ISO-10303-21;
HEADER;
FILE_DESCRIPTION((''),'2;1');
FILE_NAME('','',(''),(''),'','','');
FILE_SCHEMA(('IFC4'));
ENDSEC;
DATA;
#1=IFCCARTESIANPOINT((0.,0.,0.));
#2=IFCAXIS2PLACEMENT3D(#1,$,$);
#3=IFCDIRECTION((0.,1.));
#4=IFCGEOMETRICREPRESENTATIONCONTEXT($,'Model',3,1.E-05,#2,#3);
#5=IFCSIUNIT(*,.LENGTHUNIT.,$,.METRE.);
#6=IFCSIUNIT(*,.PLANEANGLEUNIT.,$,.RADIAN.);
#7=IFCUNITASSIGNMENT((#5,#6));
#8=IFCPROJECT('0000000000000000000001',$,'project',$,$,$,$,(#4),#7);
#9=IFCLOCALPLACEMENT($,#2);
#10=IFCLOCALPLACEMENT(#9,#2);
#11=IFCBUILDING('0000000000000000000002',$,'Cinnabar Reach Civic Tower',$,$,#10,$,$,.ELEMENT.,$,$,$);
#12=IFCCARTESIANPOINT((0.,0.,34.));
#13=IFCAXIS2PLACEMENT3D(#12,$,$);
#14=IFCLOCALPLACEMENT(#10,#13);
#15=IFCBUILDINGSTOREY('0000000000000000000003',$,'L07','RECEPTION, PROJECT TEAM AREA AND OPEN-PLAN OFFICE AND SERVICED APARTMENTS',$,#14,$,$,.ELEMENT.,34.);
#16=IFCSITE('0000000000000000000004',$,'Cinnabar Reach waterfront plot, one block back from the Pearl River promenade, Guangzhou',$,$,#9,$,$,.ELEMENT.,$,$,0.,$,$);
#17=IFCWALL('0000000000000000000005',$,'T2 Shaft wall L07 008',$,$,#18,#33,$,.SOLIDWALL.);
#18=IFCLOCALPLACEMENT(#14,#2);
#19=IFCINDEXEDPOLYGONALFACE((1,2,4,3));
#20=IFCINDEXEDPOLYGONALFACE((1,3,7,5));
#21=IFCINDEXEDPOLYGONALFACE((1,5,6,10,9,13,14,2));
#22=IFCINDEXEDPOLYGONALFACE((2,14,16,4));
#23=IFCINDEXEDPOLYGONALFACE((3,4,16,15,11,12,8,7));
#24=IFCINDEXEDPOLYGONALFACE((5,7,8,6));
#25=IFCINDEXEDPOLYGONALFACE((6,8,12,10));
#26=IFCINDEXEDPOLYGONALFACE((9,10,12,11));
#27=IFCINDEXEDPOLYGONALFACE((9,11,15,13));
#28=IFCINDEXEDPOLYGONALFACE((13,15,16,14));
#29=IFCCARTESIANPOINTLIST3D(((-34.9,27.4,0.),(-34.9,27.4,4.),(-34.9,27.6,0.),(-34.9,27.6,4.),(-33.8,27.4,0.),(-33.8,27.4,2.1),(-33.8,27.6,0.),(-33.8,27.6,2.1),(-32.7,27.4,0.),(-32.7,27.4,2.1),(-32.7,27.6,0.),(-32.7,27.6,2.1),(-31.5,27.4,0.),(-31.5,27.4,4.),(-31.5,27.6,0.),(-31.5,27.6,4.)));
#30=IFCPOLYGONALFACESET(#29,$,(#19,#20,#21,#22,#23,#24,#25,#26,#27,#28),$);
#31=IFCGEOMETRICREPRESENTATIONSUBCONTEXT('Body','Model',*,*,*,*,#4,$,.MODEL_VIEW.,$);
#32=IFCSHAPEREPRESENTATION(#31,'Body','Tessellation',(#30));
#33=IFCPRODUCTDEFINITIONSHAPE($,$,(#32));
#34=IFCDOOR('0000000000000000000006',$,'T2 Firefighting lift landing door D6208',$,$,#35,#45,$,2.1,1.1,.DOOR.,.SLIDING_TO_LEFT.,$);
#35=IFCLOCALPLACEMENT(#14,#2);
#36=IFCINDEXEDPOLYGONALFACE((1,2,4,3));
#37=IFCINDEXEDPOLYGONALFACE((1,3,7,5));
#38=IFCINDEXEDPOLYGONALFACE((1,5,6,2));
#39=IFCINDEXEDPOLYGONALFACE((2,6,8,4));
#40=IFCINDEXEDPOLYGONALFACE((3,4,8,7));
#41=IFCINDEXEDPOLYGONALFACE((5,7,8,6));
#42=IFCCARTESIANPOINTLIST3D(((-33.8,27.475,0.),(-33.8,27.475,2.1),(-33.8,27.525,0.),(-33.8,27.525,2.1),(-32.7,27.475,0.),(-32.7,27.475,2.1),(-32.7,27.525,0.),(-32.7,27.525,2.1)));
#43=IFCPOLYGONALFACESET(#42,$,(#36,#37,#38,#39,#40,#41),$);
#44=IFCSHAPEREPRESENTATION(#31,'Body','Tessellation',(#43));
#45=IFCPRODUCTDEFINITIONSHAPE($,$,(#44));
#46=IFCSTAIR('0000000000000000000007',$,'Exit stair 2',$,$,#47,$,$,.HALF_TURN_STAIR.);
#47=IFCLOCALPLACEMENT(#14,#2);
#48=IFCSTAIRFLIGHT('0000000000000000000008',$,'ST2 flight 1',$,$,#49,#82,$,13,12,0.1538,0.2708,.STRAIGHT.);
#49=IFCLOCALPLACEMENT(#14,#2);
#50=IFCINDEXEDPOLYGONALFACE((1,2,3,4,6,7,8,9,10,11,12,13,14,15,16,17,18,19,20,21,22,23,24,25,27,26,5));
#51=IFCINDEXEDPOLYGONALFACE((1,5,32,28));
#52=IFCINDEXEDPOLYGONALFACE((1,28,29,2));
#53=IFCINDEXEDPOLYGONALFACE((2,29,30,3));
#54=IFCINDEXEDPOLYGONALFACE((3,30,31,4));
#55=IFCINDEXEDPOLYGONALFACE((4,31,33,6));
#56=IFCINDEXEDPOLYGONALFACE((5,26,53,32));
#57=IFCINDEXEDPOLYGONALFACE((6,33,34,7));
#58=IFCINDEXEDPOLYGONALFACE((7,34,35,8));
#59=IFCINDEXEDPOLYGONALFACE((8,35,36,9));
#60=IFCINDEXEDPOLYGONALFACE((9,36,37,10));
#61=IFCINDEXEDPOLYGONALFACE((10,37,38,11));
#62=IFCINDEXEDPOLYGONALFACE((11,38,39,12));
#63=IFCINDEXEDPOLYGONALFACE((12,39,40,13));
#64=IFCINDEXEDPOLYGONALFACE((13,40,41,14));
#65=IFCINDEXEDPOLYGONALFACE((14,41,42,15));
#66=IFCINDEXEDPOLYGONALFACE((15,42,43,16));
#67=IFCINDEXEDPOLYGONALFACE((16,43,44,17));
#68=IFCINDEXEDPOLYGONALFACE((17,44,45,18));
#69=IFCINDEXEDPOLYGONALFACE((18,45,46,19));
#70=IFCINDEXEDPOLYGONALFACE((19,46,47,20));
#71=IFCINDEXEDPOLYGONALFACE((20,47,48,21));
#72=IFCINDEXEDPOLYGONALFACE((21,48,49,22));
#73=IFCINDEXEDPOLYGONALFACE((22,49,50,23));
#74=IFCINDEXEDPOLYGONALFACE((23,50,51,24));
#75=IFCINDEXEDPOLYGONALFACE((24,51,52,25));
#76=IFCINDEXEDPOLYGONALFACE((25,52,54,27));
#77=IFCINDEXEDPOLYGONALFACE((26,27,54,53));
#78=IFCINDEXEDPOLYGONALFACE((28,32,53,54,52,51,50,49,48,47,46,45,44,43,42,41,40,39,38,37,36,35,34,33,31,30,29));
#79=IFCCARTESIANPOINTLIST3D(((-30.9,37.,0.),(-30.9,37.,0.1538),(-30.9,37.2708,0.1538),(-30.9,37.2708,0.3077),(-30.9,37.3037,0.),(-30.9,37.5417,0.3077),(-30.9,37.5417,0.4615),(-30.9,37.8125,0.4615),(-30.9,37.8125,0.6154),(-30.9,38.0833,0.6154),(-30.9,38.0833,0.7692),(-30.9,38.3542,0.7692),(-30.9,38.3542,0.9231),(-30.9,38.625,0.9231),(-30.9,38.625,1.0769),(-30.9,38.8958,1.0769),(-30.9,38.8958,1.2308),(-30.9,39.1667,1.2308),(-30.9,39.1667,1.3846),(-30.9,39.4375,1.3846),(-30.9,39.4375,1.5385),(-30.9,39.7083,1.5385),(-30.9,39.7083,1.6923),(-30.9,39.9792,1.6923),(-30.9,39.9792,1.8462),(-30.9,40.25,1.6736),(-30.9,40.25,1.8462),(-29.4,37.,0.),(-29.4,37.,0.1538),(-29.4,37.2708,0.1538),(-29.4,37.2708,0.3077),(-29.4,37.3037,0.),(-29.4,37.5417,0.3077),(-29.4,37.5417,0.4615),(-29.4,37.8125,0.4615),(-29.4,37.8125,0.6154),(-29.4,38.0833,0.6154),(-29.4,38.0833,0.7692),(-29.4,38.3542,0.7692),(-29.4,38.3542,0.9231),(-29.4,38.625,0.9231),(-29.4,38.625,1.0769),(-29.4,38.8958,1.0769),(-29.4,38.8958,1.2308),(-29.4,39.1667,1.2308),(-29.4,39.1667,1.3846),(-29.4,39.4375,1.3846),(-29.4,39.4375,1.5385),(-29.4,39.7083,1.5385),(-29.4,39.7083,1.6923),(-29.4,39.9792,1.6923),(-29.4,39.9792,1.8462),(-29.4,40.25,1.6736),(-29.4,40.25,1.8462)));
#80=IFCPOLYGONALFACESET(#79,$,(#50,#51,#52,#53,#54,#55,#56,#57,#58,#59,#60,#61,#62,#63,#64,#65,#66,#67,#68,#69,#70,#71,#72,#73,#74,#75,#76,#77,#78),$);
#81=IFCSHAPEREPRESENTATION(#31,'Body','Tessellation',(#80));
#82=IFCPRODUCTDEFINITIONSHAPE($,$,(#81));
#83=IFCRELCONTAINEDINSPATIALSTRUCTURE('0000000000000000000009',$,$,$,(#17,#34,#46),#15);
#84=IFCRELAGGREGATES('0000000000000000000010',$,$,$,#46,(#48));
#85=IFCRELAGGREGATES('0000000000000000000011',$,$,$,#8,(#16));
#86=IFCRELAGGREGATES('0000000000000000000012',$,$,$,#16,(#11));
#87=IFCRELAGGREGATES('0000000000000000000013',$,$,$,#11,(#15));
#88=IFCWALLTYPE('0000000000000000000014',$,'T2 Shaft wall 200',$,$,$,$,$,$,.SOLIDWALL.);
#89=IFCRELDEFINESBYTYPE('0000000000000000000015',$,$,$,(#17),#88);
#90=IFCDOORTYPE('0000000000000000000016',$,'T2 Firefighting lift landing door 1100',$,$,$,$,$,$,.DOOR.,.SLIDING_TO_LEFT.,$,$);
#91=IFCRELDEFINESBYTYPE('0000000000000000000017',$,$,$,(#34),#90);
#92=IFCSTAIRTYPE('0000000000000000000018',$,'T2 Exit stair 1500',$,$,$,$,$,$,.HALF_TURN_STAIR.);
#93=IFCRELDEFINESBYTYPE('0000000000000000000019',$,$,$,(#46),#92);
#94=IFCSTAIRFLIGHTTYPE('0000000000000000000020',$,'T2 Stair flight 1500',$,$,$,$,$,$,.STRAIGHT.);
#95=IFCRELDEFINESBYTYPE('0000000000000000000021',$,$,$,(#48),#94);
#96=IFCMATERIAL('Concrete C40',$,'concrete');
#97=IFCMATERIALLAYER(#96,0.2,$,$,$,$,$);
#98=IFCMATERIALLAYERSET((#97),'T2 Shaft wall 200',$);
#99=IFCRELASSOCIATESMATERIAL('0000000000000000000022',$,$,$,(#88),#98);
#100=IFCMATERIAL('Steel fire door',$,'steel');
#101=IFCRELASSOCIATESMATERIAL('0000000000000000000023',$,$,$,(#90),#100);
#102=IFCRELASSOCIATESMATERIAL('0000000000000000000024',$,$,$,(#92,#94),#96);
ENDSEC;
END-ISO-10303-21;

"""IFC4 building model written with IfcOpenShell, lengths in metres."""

from ifc_helpers import new_model, si_unit, direction, frame, frame_2d, origin, place, context, subcontext, project, spatial, polyline, rectangle, outline, extrude, material, layer, layer_set, type_object, element, fill, aggregate, save


model = new_model("IFC4")

# Units and contexts
model_context = context("Model", 3, precision=1e-05, world=origin(), true_north=direction((0.0, 1.0)))
body_context = subcontext(model_context, "Body", "Model", "MODEL_VIEW")
ifc_project = project(units=[si_unit("LENGTHUNIT", "METRE"), si_unit("PLANEANGLEUNIT", "RADIAN")], contexts=[model_context])

# Site, building, storey
site_placement = place(None, origin())
site = spatial("IfcSite", under=ifc_project, at=site_placement, Name="Cinnabar Reach waterfront plot, one block back from the Pearl River promenade, Guangzhou", CompositionType="ELEMENT", RefElevation=0.0)
building_placement = place(site_placement, origin())
building = spatial("IfcBuilding", under=site, at=building_placement, Name="Cinnabar Reach Civic Tower", CompositionType="ELEMENT")
storey_placement = place(building_placement, frame((0.0, 0.0, 34.0)))
storey = spatial("IfcBuildingStorey", under=building, at=storey_placement, Name="L07", Description="RECEPTION, PROJECT TEAM AREA AND OPEN-PLAN OFFICE AND SERVICED APARTMENTS", CompositionType="ELEMENT", Elevation=34.0)

# Shared definitions
ifc_material_1 = material(Name="Steel fire door", Category="steel")

# Shared definitions
ifc_material_2 = material(Name="Concrete C40", Category="concrete")
ifc_layer_1 = layer(ifc_material_2, 0.2)
ifc_layer_set_1 = layer_set([ifc_layer_1], Name="T2 Shaft wall 200")
wall_type_1 = type_object("IfcWallType", Name="T2 Shaft wall 200", PredefinedType="SOLIDWALL", material=ifc_layer_set_1)

# Wall, opening, door
wall_1_placement = place(storey_placement, frame((-34.9, 27.5, 0.0), z_axis=(0.0, 0.0, 1.0), x_axis=(1.0, 0.0, 0.0)))
wall_1 = element("IfcWall", 1, at=wall_1_placement, inside=storey, type_object=wall_type_1, Name="T2 Shaft wall L07 008", PredefinedType="SOLIDWALL", context=body_context, shape_type="SweptSolid", body=[
    extrude(rectangle(XDim=3.4, YDim=0.2, at=frame_2d((1.7, 0.0))), origin(), (0.0, 0.0, 1.0), 4.0),
])
opening_1_placement = place(wall_1_placement, frame((1.1, 0.0, 0.0)))
opening_1 = element("IfcOpeningElement", 2, at=opening_1_placement, cuts=wall_1, PredefinedType="OPENING", context=body_context, shape_type="SweptSolid", body=[
    extrude(rectangle(XDim=1.1, YDim=2.1, at=frame_2d((0.55, 1.05))), frame((0.0, 0.11, 0.0), z_axis=(0.0, -1.0, 0.0), x_axis=(1.0, 0.0, 0.0)), (0.0, 0.0, 1.0), 0.22),
])
door_type_1 = type_object("IfcDoorType", Name="T2 Firefighting lift landing door 1100", OperationType="SLIDING_TO_LEFT", PredefinedType="DOOR", material=ifc_material_1)
door_1_placement = place(opening_1_placement, origin())
door_1 = element("IfcDoor", 3, at=door_1_placement, inside=storey, type_object=door_type_1, Name="T2 Firefighting lift landing door D6208", OperationType="SLIDING_TO_LEFT", OverallHeight=2.1, OverallWidth=1.1, PredefinedType="DOOR", context=body_context, shape_type="SweptSolid", body=[
    extrude(rectangle(XDim=1.1, YDim=2.1, at=frame_2d((0.55, 1.05))), frame((0.0, 0.025, 0.0), z_axis=(0.0, -1.0, 0.0), x_axis=(1.0, 0.0, 0.0)), (0.0, 0.0, 1.0), 0.05),
])
fill(opening_1, door_1)

# Stair, stair flight
stair_type = type_object("IfcStairType", Name="T2 Exit stair 1500", PredefinedType="HALF_TURN_STAIR", material=ifc_material_2)
stair_placement = place(storey_placement, origin())
stair = element("IfcStair", 4, at=stair_placement, inside=storey, type_object=stair_type, Name="Exit stair 2", PredefinedType="HALF_TURN_STAIR")
stair_flight_type = type_object("IfcStairFlightType", Name="T2 Stair flight 1500", PredefinedType="STRAIGHT", material=ifc_material_2)
stair_flight_placement = place(storey_placement, frame((-30.15, 37.0, 0.0), z_axis=(0.0, 0.0, 1.0), x_axis=(0.0, 1.0, 0.0)))
stair_flight = element("IfcStairFlight", 5, at=stair_flight_placement, type_object=stair_flight_type, Name="ST2 flight 1", NumberOfRisers=13, NumberOfTreads=12, PredefinedType="STRAIGHT", RiserHeight=0.1538, TreadLength=0.2708, context=body_context, shape_type="SweptSolid", body=[
    extrude(outline(polyline([(0.0, 0.0), (0.0, 0.1538), (0.2708, 0.1538), (0.2708, 0.3077), (0.5417, 0.3077), (0.5417, 0.4615), (0.8125, 0.4615), (0.8125, 0.6154), (1.0833, 0.6154), (1.0833, 0.7692), (1.3542, 0.7692), (1.3542, 0.9231), (1.625, 0.9231), (1.625, 1.0769), (1.8958, 1.0769), (1.8958, 1.2308), (2.1667, 1.2308), (2.1667, 1.3846), (2.4375, 1.3846), (2.4375, 1.5385), (2.7083, 1.5385), (2.7083, 1.6923), (2.9792, 1.6923), (2.9792, 1.8462), (3.25, 1.8462), (3.25, 2.0), (3.25, 1.6736), (0.3037, 0.0), (0.0, 0.0)])), frame((0.0, 0.75, 0.0), z_axis=(0.0, -1.0, 0.0), x_axis=(1.0, 0.0, 0.0)), (0.0, 0.0, 1.0), 1.5),
])
aggregate(stair, [stair_flight])

save(model, "model.ifc")
